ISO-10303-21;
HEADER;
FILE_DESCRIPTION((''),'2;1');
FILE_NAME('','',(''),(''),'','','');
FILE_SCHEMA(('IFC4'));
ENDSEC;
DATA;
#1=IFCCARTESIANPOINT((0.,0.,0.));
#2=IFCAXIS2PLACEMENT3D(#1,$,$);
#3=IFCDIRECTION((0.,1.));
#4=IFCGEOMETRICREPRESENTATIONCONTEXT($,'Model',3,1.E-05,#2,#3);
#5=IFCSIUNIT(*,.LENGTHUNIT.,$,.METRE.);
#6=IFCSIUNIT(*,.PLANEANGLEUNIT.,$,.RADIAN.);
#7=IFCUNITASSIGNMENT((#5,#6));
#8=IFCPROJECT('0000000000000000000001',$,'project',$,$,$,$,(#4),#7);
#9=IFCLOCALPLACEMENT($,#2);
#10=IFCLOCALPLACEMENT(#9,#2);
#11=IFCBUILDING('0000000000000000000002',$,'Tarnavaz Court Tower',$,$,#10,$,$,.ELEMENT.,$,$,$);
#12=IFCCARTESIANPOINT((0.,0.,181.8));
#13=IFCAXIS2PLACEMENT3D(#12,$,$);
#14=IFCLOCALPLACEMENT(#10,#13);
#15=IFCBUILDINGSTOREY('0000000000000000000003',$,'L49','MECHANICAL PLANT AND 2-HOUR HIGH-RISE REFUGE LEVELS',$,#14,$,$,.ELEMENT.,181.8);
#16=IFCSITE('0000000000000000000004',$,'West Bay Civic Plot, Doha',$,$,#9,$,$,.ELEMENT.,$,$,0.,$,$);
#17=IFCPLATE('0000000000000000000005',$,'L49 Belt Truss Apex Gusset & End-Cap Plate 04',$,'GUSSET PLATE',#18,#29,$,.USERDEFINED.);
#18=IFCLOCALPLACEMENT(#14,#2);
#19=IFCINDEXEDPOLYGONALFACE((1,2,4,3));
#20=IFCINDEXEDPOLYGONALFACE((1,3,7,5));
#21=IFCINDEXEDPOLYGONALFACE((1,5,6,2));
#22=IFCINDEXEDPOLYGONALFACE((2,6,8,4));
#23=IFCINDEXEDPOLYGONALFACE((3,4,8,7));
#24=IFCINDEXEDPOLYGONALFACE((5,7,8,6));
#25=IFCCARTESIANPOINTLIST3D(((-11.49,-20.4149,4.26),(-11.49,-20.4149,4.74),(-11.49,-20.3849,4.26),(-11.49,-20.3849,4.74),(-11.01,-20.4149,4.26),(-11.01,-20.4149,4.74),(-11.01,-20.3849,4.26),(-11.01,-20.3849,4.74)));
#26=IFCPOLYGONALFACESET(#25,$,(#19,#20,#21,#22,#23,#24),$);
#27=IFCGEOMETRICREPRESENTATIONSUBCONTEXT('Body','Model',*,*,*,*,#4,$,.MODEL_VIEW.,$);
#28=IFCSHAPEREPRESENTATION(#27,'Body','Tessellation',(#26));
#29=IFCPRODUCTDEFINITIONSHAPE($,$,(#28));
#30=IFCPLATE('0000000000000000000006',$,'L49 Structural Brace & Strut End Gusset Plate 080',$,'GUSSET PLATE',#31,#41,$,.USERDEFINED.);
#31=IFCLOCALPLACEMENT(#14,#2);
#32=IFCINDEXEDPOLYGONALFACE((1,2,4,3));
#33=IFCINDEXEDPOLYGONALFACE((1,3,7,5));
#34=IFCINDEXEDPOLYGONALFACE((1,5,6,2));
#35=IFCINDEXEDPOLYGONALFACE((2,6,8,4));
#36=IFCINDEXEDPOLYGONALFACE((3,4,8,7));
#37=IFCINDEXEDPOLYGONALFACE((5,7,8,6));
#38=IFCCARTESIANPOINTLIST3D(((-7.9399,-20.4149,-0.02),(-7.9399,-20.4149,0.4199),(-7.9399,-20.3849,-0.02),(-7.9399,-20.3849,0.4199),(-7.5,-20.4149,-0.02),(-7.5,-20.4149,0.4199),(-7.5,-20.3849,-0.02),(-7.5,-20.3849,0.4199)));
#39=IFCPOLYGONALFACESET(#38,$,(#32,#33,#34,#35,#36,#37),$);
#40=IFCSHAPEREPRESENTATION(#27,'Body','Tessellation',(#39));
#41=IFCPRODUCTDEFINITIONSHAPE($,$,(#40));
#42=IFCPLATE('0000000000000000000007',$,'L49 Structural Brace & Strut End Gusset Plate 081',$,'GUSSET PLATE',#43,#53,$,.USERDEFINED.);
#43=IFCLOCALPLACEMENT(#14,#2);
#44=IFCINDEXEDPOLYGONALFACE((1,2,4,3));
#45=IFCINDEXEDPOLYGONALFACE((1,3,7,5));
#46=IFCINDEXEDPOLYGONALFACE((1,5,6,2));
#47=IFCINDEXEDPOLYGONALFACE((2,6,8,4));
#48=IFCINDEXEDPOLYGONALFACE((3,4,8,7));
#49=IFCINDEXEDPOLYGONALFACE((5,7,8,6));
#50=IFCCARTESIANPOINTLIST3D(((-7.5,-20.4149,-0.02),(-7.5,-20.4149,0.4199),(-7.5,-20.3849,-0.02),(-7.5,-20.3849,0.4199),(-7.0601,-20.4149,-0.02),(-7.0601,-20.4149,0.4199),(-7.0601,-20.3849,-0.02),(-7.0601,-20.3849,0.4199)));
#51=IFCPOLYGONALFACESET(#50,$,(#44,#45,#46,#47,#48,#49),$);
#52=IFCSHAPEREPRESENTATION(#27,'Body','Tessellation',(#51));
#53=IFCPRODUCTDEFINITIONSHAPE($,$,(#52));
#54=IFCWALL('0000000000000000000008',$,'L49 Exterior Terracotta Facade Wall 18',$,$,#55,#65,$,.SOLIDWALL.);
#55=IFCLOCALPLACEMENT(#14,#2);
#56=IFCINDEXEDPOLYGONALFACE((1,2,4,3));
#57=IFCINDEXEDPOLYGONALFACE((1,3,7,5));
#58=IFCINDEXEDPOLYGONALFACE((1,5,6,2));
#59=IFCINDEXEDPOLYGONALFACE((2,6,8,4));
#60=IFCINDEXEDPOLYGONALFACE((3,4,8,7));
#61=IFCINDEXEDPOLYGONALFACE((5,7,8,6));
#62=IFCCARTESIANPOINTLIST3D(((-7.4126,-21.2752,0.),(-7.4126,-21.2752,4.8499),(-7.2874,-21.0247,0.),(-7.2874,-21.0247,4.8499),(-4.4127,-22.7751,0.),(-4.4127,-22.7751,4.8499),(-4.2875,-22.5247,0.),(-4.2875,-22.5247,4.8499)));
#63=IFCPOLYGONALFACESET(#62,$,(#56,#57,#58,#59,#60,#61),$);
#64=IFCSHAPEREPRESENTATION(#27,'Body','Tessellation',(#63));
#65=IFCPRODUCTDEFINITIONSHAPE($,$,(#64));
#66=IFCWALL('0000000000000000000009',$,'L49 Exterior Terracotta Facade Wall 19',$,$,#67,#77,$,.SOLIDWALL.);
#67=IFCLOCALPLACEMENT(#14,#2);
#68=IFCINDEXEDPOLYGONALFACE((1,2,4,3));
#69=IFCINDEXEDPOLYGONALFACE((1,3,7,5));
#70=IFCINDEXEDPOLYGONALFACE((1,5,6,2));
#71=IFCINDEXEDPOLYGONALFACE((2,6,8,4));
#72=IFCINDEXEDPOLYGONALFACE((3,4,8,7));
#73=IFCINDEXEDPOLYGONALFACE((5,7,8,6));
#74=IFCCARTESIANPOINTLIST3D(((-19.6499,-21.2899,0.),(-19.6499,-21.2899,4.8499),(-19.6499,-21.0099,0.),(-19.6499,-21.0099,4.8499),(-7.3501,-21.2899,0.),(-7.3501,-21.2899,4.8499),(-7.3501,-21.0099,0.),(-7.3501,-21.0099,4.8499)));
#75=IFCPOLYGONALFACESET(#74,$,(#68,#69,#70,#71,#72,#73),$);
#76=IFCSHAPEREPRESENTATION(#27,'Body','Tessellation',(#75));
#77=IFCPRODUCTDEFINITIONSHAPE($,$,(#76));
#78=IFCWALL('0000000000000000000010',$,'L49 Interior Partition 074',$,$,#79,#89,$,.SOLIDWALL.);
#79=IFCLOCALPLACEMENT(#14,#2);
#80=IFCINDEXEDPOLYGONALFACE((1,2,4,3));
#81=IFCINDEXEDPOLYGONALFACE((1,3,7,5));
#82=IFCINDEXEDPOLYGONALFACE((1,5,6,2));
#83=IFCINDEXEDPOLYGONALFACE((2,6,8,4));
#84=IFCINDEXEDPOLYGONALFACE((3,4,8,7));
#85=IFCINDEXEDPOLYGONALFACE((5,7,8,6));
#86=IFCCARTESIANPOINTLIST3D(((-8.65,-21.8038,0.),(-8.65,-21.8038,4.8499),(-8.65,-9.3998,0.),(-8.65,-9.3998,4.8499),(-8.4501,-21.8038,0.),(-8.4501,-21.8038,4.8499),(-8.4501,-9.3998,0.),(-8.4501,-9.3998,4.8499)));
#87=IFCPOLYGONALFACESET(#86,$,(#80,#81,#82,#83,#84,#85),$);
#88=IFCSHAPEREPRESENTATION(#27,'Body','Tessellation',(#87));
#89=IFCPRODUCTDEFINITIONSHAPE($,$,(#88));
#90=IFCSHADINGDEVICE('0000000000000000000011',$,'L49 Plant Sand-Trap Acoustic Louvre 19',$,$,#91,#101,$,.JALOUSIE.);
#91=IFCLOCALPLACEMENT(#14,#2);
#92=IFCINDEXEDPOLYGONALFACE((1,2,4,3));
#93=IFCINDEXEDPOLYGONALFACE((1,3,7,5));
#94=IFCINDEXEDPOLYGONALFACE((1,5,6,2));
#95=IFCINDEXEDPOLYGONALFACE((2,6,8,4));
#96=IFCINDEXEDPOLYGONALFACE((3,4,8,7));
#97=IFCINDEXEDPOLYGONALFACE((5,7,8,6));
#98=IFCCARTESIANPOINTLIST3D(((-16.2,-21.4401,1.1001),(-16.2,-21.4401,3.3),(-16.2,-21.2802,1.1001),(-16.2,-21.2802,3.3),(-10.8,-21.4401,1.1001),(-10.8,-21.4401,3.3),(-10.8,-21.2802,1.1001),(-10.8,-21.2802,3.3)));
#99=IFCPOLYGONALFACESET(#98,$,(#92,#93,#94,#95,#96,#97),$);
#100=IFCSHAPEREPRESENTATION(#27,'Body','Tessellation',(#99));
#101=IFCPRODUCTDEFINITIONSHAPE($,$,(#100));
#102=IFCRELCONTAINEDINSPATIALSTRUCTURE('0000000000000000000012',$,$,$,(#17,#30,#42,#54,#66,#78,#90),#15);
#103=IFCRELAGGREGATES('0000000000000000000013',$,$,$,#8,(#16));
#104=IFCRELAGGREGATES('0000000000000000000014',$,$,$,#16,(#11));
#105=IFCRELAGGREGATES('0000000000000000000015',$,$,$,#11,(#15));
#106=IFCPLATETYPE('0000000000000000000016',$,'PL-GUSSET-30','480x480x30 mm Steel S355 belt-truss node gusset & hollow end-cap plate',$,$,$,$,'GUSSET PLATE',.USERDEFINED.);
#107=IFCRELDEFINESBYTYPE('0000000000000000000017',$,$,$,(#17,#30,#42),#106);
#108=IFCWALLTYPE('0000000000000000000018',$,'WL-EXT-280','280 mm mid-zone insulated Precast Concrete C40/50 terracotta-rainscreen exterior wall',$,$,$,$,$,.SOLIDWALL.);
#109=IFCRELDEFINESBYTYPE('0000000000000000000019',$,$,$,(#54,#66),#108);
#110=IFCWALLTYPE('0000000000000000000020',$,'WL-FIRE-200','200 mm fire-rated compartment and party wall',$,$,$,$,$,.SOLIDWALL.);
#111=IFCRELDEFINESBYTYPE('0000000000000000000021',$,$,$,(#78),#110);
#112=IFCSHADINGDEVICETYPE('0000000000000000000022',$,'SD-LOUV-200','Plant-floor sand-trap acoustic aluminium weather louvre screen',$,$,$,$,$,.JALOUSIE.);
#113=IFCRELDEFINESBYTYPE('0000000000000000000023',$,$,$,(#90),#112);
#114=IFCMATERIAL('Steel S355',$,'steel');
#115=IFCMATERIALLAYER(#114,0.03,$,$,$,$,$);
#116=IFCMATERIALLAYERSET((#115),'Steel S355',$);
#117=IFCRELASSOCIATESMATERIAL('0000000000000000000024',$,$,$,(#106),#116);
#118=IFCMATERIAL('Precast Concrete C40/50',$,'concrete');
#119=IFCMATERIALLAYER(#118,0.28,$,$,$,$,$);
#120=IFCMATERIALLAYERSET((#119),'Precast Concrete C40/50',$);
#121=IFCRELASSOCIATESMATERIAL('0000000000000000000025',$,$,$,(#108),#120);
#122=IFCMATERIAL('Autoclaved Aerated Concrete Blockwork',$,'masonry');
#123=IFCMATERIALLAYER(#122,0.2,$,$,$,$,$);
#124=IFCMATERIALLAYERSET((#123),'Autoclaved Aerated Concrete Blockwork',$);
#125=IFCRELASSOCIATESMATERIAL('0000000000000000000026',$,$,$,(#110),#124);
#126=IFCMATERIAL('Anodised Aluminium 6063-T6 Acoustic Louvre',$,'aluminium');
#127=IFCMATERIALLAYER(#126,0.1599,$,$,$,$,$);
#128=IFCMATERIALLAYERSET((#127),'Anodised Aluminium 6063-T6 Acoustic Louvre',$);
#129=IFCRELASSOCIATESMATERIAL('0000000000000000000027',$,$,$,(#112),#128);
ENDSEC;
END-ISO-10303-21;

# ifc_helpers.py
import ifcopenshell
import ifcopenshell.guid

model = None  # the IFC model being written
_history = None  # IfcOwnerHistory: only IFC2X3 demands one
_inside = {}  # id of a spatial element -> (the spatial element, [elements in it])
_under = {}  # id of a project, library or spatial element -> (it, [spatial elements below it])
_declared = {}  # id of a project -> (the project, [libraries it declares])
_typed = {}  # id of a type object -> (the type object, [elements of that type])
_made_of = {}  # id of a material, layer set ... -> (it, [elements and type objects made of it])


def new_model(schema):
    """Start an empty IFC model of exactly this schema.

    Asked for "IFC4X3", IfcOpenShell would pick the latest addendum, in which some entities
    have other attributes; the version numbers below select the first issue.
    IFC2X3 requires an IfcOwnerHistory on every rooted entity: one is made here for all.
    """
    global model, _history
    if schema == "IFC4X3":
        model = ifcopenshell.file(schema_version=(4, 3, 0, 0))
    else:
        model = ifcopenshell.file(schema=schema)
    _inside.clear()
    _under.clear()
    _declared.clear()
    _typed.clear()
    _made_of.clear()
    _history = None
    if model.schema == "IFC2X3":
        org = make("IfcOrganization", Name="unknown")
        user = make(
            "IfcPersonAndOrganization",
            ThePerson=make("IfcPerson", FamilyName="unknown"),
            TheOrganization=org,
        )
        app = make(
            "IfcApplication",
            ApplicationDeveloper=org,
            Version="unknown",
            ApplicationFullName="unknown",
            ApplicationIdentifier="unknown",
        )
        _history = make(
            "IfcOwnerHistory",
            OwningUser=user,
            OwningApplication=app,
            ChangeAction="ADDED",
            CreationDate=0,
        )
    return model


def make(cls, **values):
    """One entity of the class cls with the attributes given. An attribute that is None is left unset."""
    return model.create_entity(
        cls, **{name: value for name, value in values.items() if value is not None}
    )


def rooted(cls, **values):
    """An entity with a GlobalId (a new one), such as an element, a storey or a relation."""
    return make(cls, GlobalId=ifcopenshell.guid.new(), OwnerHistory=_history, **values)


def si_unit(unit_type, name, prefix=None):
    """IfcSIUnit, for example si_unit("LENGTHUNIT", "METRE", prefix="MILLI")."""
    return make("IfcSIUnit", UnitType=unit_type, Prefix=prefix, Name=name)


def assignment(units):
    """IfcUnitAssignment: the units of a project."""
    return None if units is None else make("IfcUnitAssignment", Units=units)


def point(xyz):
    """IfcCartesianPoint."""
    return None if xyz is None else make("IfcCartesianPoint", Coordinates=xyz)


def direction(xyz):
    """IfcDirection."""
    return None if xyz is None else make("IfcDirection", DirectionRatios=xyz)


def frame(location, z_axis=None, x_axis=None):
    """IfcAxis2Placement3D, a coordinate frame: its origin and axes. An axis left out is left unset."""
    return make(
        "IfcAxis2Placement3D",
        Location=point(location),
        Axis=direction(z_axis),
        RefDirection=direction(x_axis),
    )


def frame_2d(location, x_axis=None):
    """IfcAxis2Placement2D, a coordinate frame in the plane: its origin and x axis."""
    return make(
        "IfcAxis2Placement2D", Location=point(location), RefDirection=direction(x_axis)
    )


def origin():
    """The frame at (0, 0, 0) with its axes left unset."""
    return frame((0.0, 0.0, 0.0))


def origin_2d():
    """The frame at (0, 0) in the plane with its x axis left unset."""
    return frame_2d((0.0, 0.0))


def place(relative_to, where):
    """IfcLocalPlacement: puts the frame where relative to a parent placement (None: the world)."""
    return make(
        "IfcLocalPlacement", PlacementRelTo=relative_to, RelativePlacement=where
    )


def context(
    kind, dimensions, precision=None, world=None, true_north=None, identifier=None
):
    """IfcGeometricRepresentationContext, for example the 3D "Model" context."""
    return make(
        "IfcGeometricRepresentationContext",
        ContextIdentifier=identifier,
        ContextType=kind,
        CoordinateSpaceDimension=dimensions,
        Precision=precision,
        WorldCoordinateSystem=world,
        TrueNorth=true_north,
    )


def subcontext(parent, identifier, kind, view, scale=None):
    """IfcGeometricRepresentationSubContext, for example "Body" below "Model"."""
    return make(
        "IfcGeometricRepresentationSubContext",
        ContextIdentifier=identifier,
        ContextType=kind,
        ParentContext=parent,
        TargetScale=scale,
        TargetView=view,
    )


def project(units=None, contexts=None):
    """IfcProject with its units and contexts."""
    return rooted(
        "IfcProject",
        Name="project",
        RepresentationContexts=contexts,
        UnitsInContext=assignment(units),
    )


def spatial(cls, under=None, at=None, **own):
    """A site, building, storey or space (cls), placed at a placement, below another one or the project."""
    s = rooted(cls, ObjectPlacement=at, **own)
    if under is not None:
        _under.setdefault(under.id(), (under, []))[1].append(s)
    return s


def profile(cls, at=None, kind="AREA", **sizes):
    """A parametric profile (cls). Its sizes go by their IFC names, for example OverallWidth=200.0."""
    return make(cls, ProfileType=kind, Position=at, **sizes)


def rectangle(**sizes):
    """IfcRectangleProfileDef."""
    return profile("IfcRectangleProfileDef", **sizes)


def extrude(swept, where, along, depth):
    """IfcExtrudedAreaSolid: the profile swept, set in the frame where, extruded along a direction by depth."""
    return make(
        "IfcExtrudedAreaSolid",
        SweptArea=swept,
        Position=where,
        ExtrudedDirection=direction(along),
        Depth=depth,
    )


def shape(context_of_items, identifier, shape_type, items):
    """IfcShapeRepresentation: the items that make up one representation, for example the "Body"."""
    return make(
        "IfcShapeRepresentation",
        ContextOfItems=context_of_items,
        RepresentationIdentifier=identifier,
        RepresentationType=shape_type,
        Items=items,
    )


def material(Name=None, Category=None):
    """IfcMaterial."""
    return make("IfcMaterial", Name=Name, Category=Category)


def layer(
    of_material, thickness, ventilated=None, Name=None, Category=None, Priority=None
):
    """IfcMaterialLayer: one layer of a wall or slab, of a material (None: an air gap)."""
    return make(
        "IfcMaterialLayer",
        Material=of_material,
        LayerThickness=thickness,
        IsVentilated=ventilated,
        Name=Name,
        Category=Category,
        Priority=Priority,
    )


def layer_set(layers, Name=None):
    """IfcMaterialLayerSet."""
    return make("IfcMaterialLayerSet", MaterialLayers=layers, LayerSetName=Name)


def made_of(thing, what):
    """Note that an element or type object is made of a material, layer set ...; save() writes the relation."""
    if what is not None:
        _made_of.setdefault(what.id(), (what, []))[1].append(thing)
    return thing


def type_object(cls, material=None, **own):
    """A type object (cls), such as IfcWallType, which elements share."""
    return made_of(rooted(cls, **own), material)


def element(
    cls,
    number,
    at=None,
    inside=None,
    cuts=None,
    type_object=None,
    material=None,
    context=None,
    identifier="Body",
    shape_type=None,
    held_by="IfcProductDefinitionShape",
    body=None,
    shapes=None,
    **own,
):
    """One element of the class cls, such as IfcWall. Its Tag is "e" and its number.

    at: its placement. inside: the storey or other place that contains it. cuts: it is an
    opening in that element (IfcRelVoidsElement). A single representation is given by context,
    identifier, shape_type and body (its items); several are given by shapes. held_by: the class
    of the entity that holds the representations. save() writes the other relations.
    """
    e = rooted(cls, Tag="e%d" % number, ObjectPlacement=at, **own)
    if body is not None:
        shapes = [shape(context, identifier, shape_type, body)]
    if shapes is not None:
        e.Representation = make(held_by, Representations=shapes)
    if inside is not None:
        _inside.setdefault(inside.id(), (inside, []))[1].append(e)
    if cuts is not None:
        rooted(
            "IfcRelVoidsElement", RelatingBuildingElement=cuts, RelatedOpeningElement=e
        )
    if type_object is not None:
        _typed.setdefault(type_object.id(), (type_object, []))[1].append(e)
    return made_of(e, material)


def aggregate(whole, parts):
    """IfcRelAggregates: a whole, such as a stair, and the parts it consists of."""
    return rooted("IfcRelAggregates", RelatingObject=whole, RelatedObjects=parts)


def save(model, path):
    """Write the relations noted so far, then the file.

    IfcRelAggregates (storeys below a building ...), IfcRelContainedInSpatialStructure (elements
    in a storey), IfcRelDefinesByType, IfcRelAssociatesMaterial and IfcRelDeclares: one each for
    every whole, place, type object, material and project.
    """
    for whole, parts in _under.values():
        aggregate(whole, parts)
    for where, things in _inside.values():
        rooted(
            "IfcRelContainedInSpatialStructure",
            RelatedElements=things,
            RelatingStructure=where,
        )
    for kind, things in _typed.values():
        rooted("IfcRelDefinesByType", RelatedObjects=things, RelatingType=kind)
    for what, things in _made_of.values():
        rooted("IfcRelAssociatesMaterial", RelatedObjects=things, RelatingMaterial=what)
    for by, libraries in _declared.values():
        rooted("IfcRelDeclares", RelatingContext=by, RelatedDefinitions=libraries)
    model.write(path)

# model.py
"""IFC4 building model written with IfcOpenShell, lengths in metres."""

from ifc_helpers import new_model, si_unit, direction, frame, frame_2d, origin, origin_2d, place, context, subcontext, project, spatial, rectangle, extrude, material, layer, layer_set, type_object, element, save


model = new_model("IFC4")

# Units and contexts
model_context = context("Model", 3, precision=1e-05, world=origin(), true_north=direction((0.0, 1.0)))
body_context = subcontext(model_context, "Body", "Model", "MODEL_VIEW")
ifc_project = project(units=[si_unit("LENGTHUNIT", "METRE"), si_unit("PLANEANGLEUNIT", "RADIAN")], contexts=[model_context])

# Site, building, storey
site_placement = place(None, origin())
site = spatial("IfcSite", under=ifc_project, at=site_placement, Name="West Bay Civic Plot, Doha", CompositionType="ELEMENT", RefElevation=0.0)
building_placement = place(site_placement, origin())
building = spatial("IfcBuilding", under=site, at=building_placement, Name="Tarnavaz Court Tower", CompositionType="ELEMENT")
storey_placement = place(building_placement, frame((0.0, 0.0, 181.8)))
storey = spatial("IfcBuildingStorey", under=building, at=storey_placement, Name="L49", Description="MECHANICAL PLANT AND 2-HOUR HIGH-RISE REFUGE LEVELS", CompositionType="ELEMENT", Elevation=181.8)

# Shared definitions
ifc_material_1 = material(Name="Steel S355", Category="steel")

# Plates
ifc_layer_1 = layer(ifc_material_1, 0.03)
ifc_layer_set_1 = layer_set([ifc_layer_1], Name="Steel S355")
plate_type = type_object("IfcPlateType", Name="PL-GUSSET-30", Description="480x480x30 mm Steel S355 belt-truss node gusset & hollow end-cap plate", ElementType="GUSSET PLATE", PredefinedType="USERDEFINED", material=ifc_layer_set_1)
plate_placement = place(storey_placement, frame((-11.25, -20.3999, 4.26), z_axis=(0.0, 0.0, 1.0), x_axis=(1.0, 0.0, 0.0)))
element("IfcPlate", 1, at=plate_placement, inside=storey, type_object=plate_type, Name="L49 Belt Truss Apex Gusset & End-Cap Plate 04", ObjectType="GUSSET PLATE", PredefinedType="USERDEFINED", context=body_context, shape_type="SweptSolid", body=[
    extrude(rectangle(XDim=0.48, YDim=0.03, at=origin_2d()), origin(), (0.0, 0.0, 1.0), 0.48),
])
for number, where, z_axis, x_axis, name in (
    (2, (-7.72, -20.3999, -0.02), (0.0, 0.0, 1.0), (1.0, 0.0, 0.0), "L49 Structural Brace & Strut End Gusset Plate 080"),
    (3, (-7.28, -20.3999, -0.02), (0.0, 0.0, 1.0), (1.0, 0.0, 0.0), "L49 Structural Brace & Strut End Gusset Plate 081"),
):
    element("IfcPlate", number, at=place(storey_placement, frame(where, z_axis=z_axis, x_axis=x_axis)), inside=storey, type_object=plate_type, Name=name, ObjectType="GUSSET PLATE", PredefinedType="USERDEFINED", context=body_context, shape_type="SweptSolid", body=[
        extrude(rectangle(XDim=0.4399, YDim=0.03, at=origin_2d()), origin(), (0.0, 0.0, 1.0), 0.4399),
    ])

# Walls
ifc_material_2 = material(Name="Precast Concrete C40/50", Category="concrete")
ifc_layer_2 = layer(ifc_material_2, 0.28)
ifc_layer_set_2 = layer_set([ifc_layer_2], Name="Precast Concrete C40/50")
wall_type_1 = type_object("IfcWallType", Name="WL-EXT-280", Description="280 mm mid-zone insulated Precast Concrete C40/50 terracotta-rainscreen exterior wall", PredefinedType="SOLIDWALL", material=ifc_layer_set_2)
wall_1_placement = place(storey_placement, frame((-4.3501, -22.6499, 0.0), z_axis=(0.0, 0.0, 1.0), x_axis=(-0.894427, 0.447214, 0.0)))
element("IfcWall", 4, at=wall_1_placement, inside=storey, type_object=wall_type_1, Name="L49 Exterior Terracotta Facade Wall 18", PredefinedType="SOLIDWALL", context=body_context, shape_type="SweptSolid", body=[
    extrude(rectangle(XDim=3.354, YDim=0.28, at=frame_2d((1.677, 0.0))), origin(), (0.0, 0.0, 1.0), 4.8499),
])
wall_2_placement = place(storey_placement, frame((-7.3501, -21.1499, 0.0), z_axis=(0.0, 0.0, 1.0), x_axis=(-1.0, 0.0, 0.0)))
element("IfcWall", 5, at=wall_2_placement, inside=storey, type_object=wall_type_1, Name="L49 Exterior Terracotta Facade Wall 19", PredefinedType="SOLIDWALL", context=body_context, shape_type="SweptSolid", body=[
    extrude(rectangle(XDim=12.2998, YDim=0.28, at=frame_2d((6.1499, 0.0))), origin(), (0.0, 0.0, 1.0), 4.8499),
])
ifc_material_3 = material(Name="Autoclaved Aerated Concrete Blockwork", Category="masonry")
ifc_layer_3 = layer(ifc_material_3, 0.2)
ifc_layer_set_3 = layer_set([ifc_layer_3], Name="Autoclaved Aerated Concrete Blockwork")
wall_type_2 = type_object("IfcWallType", Name="WL-FIRE-200", Description="200 mm fire-rated compartment and party wall", PredefinedType="SOLIDWALL", material=ifc_layer_set_3)
wall_3_placement = place(storey_placement, frame((-8.55, -21.804, 0.0), z_axis=(0.0, 0.0, 1.0), x_axis=(0.0, 1.0, 0.0)))
element("IfcWall", 6, at=wall_3_placement, inside=storey, type_object=wall_type_2, Name="L49 Interior Partition 074", PredefinedType="SOLIDWALL", context=body_context, shape_type="SweptSolid", body=[
    extrude(rectangle(XDim=12.4041, YDim=0.2, at=frame_2d((6.2021, 0.0))), origin(), (0.0, 0.0, 1.0), 4.8499),
])

# Shading device
ifc_material_4 = material(Name="Anodised Aluminium 6063-T6 Acoustic Louvre", Category="aluminium")
ifc_layer_4 = layer(ifc_material_4, 0.1599)
ifc_layer_set_4 = layer_set([ifc_layer_4], Name="Anodised Aluminium 6063-T6 Acoustic Louvre")
shading_device_type = type_object("IfcShadingDeviceType", Name="SD-LOUV-200", Description="Plant-floor sand-trap acoustic aluminium weather louvre screen", PredefinedType="JALOUSIE", material=ifc_layer_set_4)
shading_device_placement = place(storey_placement, frame((-13.5, -21.3601, 1.1001), z_axis=(0.0, 0.0, 1.0), x_axis=(-1.0, 0.0, 0.0)))
element("IfcShadingDevice", 7, at=shading_device_placement, inside=storey, type_object=shading_device_type, Name="L49 Plant Sand-Trap Acoustic Louvre 19", PredefinedType="JALOUSIE", context=body_context, shape_type="SweptSolid", body=[
    extrude(rectangle(XDim=5.3999, YDim=0.1599, at=origin_2d()), origin(), (0.0, 0.0, 1.0), 2.2),
])

save(model, "model.ifc")
